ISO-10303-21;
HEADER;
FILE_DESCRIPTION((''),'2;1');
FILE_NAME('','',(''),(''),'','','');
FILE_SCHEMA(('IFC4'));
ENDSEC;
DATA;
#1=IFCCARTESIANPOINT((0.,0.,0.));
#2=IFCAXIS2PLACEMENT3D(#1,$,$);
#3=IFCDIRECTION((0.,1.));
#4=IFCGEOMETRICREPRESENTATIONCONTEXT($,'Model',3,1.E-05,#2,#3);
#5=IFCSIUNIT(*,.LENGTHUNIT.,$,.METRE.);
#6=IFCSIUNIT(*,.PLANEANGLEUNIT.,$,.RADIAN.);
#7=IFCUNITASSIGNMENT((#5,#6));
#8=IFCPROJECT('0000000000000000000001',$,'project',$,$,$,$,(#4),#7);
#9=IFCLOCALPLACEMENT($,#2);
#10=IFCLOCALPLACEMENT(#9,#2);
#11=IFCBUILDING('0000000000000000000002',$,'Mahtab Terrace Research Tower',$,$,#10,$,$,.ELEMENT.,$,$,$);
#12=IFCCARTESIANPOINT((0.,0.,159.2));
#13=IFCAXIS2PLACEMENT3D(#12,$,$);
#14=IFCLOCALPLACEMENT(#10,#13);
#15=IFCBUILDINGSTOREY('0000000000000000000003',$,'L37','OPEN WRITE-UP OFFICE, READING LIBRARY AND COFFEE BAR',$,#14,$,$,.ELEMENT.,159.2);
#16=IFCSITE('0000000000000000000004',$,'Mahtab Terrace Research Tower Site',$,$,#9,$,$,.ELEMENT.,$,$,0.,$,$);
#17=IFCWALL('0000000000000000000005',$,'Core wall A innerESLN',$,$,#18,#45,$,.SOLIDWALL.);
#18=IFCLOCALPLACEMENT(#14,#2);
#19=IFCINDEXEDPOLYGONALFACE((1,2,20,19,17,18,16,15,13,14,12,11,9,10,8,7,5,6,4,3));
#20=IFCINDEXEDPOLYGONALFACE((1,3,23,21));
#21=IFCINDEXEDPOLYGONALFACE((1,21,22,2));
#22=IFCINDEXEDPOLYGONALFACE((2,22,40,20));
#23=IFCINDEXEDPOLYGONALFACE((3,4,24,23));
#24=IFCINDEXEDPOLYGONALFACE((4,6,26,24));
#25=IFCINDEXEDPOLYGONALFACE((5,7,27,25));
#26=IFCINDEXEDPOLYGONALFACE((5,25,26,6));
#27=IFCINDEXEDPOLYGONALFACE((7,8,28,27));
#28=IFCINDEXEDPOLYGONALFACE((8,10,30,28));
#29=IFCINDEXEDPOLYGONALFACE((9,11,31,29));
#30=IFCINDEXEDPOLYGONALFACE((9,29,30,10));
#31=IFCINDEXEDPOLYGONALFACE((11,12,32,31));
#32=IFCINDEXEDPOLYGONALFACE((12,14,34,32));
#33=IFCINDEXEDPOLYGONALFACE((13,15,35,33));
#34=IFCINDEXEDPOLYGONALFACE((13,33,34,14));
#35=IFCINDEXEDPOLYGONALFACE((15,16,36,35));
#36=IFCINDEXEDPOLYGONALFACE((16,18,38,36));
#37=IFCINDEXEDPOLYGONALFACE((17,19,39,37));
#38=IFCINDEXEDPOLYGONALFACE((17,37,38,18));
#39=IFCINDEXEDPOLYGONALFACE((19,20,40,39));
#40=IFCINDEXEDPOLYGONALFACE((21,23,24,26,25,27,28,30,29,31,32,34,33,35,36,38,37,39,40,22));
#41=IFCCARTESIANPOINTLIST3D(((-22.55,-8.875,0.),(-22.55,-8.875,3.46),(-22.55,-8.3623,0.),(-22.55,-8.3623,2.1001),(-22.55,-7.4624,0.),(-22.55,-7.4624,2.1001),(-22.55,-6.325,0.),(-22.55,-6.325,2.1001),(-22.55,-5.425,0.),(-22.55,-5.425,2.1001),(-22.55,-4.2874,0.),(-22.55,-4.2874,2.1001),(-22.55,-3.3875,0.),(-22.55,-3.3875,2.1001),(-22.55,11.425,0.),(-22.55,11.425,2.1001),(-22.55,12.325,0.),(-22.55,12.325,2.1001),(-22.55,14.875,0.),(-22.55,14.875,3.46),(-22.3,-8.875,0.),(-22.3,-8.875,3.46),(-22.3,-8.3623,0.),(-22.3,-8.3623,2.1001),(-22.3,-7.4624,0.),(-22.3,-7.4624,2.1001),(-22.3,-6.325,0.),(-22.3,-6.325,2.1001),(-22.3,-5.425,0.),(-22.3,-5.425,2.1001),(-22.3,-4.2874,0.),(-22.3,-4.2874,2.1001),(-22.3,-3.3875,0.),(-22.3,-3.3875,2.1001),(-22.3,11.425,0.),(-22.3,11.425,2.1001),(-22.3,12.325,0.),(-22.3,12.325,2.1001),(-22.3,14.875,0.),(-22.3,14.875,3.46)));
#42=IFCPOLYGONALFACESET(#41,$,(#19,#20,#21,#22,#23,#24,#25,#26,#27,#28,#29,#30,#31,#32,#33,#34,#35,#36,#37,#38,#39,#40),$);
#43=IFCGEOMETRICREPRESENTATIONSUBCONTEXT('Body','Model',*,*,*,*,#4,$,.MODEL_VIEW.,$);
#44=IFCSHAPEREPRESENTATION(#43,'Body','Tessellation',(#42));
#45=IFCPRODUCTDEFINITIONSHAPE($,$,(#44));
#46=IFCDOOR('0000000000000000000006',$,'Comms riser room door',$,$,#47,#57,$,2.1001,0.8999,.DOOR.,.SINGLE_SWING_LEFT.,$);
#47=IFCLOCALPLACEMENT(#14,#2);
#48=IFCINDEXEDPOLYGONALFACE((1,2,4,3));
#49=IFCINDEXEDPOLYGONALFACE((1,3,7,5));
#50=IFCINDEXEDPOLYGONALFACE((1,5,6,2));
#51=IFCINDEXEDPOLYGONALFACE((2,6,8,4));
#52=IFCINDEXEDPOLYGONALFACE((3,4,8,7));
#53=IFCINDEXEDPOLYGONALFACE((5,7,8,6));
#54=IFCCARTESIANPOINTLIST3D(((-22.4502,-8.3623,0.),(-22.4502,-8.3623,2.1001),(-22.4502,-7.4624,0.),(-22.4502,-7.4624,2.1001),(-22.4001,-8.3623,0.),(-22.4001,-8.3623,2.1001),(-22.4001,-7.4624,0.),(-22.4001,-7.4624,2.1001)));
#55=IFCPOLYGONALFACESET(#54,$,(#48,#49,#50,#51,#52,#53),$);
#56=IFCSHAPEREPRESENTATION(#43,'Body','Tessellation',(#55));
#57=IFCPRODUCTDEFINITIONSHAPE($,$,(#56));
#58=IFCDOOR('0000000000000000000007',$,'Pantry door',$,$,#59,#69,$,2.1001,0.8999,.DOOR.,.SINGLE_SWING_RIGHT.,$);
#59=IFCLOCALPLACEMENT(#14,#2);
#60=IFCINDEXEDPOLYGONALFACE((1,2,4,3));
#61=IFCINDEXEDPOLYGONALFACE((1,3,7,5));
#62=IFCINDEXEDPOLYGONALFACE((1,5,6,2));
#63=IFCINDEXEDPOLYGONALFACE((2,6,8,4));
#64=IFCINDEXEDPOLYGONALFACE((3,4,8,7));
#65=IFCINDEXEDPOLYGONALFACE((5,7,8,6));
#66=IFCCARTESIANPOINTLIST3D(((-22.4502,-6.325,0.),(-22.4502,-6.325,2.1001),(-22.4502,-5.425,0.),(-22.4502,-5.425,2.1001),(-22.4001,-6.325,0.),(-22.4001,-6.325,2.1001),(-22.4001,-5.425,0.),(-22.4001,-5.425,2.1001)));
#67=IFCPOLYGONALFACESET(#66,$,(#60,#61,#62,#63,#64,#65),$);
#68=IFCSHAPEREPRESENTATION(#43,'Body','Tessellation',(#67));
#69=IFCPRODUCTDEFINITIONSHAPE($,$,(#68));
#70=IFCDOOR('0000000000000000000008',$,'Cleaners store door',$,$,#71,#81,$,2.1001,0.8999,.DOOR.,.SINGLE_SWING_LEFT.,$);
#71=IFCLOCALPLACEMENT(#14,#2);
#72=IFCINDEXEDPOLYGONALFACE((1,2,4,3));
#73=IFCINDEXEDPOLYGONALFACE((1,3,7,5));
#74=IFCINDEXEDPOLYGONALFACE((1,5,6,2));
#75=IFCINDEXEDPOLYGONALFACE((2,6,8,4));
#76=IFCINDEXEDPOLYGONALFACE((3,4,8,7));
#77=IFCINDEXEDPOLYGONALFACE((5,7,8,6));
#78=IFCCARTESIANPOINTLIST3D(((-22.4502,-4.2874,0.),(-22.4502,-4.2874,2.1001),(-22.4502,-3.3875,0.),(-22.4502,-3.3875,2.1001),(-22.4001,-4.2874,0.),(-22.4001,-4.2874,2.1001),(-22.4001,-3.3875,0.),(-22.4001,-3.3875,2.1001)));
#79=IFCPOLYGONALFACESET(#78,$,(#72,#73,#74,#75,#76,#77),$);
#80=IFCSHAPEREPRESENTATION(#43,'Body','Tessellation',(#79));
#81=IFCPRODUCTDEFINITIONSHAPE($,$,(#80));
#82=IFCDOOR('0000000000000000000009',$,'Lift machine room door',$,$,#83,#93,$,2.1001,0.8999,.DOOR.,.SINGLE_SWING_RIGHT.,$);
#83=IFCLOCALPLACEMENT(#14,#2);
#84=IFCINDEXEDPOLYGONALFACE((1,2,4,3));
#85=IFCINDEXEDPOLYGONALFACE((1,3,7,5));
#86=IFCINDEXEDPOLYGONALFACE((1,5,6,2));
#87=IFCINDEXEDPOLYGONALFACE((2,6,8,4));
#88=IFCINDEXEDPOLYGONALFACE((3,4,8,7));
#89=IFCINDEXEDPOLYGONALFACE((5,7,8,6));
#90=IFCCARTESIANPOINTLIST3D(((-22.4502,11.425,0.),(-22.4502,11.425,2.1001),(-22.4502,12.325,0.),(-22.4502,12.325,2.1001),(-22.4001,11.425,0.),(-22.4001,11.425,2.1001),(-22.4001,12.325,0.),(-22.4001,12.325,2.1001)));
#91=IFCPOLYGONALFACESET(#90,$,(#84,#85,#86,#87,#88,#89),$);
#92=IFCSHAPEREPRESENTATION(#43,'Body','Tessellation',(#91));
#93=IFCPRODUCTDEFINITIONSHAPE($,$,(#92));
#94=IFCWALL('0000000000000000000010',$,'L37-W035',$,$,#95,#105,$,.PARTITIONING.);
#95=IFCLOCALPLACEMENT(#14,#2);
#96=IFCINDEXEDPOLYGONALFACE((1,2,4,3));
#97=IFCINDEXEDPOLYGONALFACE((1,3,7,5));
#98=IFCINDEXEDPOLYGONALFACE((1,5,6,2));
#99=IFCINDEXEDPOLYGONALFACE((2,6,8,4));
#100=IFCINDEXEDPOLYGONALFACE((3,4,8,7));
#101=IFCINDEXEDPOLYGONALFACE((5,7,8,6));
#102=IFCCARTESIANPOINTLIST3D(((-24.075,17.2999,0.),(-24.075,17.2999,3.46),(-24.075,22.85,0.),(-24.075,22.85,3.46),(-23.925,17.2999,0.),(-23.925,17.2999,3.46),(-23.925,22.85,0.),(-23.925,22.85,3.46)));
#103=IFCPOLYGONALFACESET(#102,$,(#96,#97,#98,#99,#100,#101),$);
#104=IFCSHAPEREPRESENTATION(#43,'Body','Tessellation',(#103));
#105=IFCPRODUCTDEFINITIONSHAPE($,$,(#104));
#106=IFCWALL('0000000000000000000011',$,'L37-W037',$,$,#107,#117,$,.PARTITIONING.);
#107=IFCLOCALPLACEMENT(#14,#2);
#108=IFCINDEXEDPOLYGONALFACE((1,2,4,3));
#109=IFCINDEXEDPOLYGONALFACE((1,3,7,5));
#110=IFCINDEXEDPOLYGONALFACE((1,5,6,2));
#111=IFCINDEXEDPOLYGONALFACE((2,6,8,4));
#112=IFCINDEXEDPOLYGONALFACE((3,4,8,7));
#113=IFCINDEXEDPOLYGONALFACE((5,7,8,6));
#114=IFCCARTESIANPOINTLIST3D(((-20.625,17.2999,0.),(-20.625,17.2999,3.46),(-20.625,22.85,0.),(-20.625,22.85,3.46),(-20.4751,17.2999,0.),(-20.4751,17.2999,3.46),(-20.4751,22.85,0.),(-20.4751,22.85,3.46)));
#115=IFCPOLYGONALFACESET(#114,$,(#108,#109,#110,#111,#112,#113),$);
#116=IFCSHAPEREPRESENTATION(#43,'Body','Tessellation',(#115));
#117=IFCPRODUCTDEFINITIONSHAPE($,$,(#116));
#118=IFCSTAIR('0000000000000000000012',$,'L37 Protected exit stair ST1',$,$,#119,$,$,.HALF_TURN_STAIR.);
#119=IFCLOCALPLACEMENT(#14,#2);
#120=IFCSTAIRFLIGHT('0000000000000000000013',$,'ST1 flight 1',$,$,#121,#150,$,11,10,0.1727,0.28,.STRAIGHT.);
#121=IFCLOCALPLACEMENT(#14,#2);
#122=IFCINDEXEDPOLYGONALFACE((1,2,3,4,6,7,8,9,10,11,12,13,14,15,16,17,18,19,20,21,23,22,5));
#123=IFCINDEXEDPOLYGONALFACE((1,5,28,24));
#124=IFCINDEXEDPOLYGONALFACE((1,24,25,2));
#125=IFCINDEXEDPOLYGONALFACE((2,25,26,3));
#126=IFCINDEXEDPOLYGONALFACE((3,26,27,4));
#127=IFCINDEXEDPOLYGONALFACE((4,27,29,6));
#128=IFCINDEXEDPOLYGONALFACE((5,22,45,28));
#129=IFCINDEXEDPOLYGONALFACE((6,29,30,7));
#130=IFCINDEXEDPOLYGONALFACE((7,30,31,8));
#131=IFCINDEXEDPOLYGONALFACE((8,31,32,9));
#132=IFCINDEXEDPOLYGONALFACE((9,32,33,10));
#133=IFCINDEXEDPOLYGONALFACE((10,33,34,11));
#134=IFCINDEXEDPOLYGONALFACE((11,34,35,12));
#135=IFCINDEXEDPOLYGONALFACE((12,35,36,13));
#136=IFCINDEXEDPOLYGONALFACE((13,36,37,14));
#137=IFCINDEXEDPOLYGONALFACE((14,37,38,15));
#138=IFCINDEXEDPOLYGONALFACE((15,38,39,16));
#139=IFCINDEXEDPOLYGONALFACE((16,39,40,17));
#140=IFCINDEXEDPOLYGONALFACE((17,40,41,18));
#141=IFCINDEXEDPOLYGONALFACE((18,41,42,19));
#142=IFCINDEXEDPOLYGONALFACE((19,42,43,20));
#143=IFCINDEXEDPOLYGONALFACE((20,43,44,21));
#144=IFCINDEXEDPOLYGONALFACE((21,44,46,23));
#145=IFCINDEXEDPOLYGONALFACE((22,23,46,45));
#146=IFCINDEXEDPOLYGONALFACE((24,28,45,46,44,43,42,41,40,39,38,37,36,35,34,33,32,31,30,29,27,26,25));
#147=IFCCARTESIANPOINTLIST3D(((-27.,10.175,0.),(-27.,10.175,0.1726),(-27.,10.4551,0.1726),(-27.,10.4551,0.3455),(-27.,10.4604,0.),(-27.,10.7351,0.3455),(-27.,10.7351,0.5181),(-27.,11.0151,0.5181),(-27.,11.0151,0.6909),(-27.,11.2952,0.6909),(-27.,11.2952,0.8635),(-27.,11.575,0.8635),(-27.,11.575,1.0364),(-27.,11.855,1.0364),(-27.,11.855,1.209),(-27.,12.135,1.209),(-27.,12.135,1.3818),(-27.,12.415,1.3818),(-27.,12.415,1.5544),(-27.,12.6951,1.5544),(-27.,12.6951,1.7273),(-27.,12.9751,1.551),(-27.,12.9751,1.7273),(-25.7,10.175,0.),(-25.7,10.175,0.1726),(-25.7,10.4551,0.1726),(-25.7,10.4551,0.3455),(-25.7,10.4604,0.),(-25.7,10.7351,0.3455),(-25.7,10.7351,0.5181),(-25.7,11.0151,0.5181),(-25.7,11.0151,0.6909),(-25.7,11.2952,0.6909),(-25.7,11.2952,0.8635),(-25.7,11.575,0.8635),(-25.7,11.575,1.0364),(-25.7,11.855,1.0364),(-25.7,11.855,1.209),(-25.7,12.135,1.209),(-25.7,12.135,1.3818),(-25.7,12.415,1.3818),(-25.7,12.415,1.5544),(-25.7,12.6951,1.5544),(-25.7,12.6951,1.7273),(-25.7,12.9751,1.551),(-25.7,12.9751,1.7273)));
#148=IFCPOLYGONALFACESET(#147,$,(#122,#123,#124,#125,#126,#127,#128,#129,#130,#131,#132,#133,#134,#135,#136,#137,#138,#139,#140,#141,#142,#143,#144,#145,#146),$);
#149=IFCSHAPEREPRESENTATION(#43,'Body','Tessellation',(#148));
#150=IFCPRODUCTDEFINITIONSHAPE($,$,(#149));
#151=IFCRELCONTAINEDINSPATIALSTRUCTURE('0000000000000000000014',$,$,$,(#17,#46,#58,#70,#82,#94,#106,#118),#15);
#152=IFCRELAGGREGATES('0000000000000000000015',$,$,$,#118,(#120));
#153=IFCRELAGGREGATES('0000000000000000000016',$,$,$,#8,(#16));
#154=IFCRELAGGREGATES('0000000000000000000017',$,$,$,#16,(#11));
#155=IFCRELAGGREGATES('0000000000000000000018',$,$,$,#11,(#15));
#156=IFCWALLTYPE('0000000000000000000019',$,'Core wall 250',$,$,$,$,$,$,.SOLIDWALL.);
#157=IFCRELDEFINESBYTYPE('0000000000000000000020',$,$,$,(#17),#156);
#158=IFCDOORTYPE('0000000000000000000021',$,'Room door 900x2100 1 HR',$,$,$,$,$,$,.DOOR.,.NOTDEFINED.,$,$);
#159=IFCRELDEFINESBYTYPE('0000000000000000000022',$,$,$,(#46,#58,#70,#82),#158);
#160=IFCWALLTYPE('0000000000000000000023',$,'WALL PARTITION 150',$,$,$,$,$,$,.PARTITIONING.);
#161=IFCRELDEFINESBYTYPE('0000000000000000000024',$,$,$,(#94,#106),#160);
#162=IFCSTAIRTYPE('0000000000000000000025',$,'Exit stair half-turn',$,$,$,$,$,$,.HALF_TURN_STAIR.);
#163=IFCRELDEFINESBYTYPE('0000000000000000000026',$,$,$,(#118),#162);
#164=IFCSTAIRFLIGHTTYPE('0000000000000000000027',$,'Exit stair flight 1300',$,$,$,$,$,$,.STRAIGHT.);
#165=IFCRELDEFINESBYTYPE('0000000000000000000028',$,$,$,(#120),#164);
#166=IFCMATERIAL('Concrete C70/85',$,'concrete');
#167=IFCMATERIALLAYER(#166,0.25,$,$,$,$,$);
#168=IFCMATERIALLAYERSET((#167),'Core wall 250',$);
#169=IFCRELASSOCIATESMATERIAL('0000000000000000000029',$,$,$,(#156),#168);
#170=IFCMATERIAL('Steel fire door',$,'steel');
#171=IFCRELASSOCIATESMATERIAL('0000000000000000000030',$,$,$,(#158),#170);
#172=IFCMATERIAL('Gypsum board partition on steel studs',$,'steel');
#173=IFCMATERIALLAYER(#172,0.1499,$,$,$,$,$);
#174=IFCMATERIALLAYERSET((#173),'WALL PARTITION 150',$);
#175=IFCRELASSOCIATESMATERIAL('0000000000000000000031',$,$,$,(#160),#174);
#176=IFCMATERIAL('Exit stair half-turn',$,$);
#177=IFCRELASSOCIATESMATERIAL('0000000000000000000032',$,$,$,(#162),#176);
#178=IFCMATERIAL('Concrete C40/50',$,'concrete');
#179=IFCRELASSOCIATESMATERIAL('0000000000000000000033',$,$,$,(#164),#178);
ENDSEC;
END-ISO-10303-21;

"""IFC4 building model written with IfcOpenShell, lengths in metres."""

from ifc_helpers import new_model, si_unit, direction, frame, frame_2d, origin, place, context, subcontext, project, spatial, polyline, rectangle, outline, extrude, material, layer, layer_set, type_object, element, fill, aggregate, save


model = new_model("IFC4")

# Units and contexts
model_context = context("Model", 3, precision=1e-05, world=origin(), true_north=direction((0.0, 1.0)))
body_context = subcontext(model_context, "Body", "Model", "MODEL_VIEW")
ifc_project = project(units=[si_unit("LENGTHUNIT", "METRE"), si_unit("PLANEANGLEUNIT", "RADIAN")], contexts=[model_context])

# Site, building, storey
site_placement = place(None, origin())
site = spatial("IfcSite", under=ifc_project, at=site_placement, Name="Mahtab Terrace Research Tower Site", CompositionType="ELEMENT", RefElevation=0.0)
building_placement = place(site_placement, origin())
building = spatial("IfcBuilding", under=site, at=building_placement, Name="Mahtab Terrace Research Tower", CompositionType="ELEMENT")
storey_placement = place(building_placement, frame((0.0, 0.0, 159.2)))
storey = spatial("IfcBuildingStorey", under=building, at=storey_placement, Name="L37", Description="OPEN WRITE-UP OFFICE, READING LIBRARY AND COFFEE BAR", CompositionType="ELEMENT", Elevation=159.2)

# Shared definitions
ifc_material_1 = material(Name="Concrete C70/85", Category="concrete")

# Shared definitions
ifc_layer_1 = layer(ifc_material_1, 0.25)
ifc_layer_set_1 = layer_set([ifc_layer_1], Name="Core wall 250")
wall_type_1 = type_object("IfcWallType", Name="Core wall 250", PredefinedType="SOLIDWALL", material=ifc_layer_set_1)

# Shared definitions
ifc_material_2 = material(Name="Steel fire door", Category="steel")

# Wall, openings, doors
wall_1_placement = place(storey_placement, frame((-22.425, 14.875, 0.0), z_axis=(0.0, 0.0, 1.0), x_axis=(0.0, -1.0, 0.0)))
wall_1 = element("IfcWall", 1, at=wall_1_placement, inside=storey, type_object=wall_type_1, Name="Core wall A innerESLN", PredefinedType="SOLIDWALL", context=body_context, shape_type="SweptSolid", body=[
    extrude(rectangle(XDim=23.75, YDim=0.25, at=frame_2d((11.875, 0.0))), origin(), (0.0, 0.0, 1.0), 3.46),
])
opening_1_placement = place(wall_1_placement, frame((22.3374, 0.0, 0.0)))
opening_1 = element("IfcOpeningElement", 2, at=opening_1_placement, cuts=wall_1, PredefinedType="OPENING", context=body_context, shape_type="SweptSolid", body=[
    extrude(rectangle(XDim=0.8999, YDim=2.1001, at=frame_2d((0.45, 1.05))), frame((0.0, 0.135, 0.0), z_axis=(0.0, -1.0, 0.0), x_axis=(1.0, 0.0, 0.0)), (0.0, 0.0, 1.0), 0.27),
])
opening_2_placement = place(wall_1_placement, frame((20.3, 0.0, 0.0)))
opening_2 = element("IfcOpeningElement", 3, at=opening_2_placement, cuts=wall_1, PredefinedType="OPENING", context=body_context, shape_type="SweptSolid", body=[
    extrude(rectangle(XDim=0.8999, YDim=2.1001, at=frame_2d((0.45, 1.05))), frame((0.0, 0.135, 0.0), z_axis=(0.0, -1.0, 0.0), x_axis=(1.0, 0.0, 0.0)), (0.0, 0.0, 1.0), 0.27),
])
opening_3_placement = place(wall_1_placement, frame((18.2625, 0.0, 0.0)))
opening_3 = element("IfcOpeningElement", 4, at=opening_3_placement, cuts=wall_1, PredefinedType="OPENING", context=body_context, shape_type="SweptSolid", body=[
    extrude(rectangle(XDim=0.8999, YDim=2.1001, at=frame_2d((0.45, 1.05))), frame((0.0, 0.135, 0.0), z_axis=(0.0, -1.0, 0.0), x_axis=(1.0, 0.0, 0.0)), (0.0, 0.0, 1.0), 0.27),
])
opening_4_placement = place(wall_1_placement, frame((2.55, 0.0, 0.0)))
opening_4 = element("IfcOpeningElement", 5, at=opening_4_placement, cuts=wall_1, PredefinedType="OPENING", context=body_context, shape_type="SweptSolid", body=[
    extrude(rectangle(XDim=0.8999, YDim=2.1001, at=frame_2d((0.45, 1.05))), frame((0.0, 0.135, 0.0), z_axis=(0.0, -1.0, 0.0), x_axis=(1.0, 0.0, 0.0)), (0.0, 0.0, 1.0), 0.27),
])
door_type_1 = type_object("IfcDoorType", Name="Room door 900x2100 1 HR", OperationType="NOTDEFINED", PredefinedType="DOOR", material=ifc_material_2)
door_1_placement = place(opening_1_placement, origin())
door_1 = element("IfcDoor", 6, at=door_1_placement, inside=storey, type_object=door_type_1, Name="Comms riser room door", OperationType="SINGLE_SWING_LEFT", OverallHeight=2.1001, OverallWidth=0.8999, PredefinedType="DOOR", context=body_context, shape_type="SweptSolid", body=[
    extrude(rectangle(XDim=0.8999, YDim=2.1001, at=frame_2d((0.45, 1.05))), frame((0.0, 0.0249, 0.0), z_axis=(0.0, -1.0, 0.0), x_axis=(1.0, 0.0, 0.0)), (0.0, 0.0, 1.0), 0.05),
])
fill(opening_1, door_1)
door_2_placement = place(opening_2_placement, origin())
door_2 = element("IfcDoor", 7, at=door_2_placement, inside=storey, type_object=door_type_1, Name="Pantry door", OperationType="SINGLE_SWING_RIGHT", OverallHeight=2.1001, OverallWidth=0.8999, PredefinedType="DOOR", context=body_context, shape_type="SweptSolid", body=[
    extrude(rectangle(XDim=0.8999, YDim=2.1001, at=frame_2d((0.45, 1.05))), frame((0.0, 0.0249, 0.0), z_axis=(0.0, -1.0, 0.0), x_axis=(1.0, 0.0, 0.0)), (0.0, 0.0, 1.0), 0.05),
])
fill(opening_2, door_2)
door_3_placement = place(opening_3_placement, origin())
door_3 = element("IfcDoor", 8, at=door_3_placement, inside=storey, type_object=door_type_1, Name="Cleaners store door", OperationType="SINGLE_SWING_LEFT", OverallHeight=2.1001, OverallWidth=0.8999, PredefinedType="DOOR", context=body_context, shape_type="SweptSolid", body=[
    extrude(rectangle(XDim=0.8999, YDim=2.1001, at=frame_2d((0.45, 1.05))), frame((0.0, 0.0249, 0.0), z_axis=(0.0, -1.0, 0.0), x_axis=(1.0, 0.0, 0.0)), (0.0, 0.0, 1.0), 0.05),
])
fill(opening_3, door_3)
door_4_placement = place(opening_4_placement, origin())
door_4 = element("IfcDoor", 9, at=door_4_placement, inside=storey, type_object=door_type_1, Name="Lift machine room door", OperationType="SINGLE_SWING_RIGHT", OverallHeight=2.1001, OverallWidth=0.8999, PredefinedType="DOOR", context=body_context, shape_type="SweptSolid", body=[
    extrude(rectangle(XDim=0.8999, YDim=2.1001, at=frame_2d((0.45, 1.05))), frame((0.0, 0.0249, 0.0), z_axis=(0.0, -1.0, 0.0), x_axis=(1.0, 0.0, 0.0)), (0.0, 0.0, 1.0), 0.05),
])
fill(opening_4, door_4)

# Walls
ifc_material_3 = material(Name="Gypsum board partition on steel studs", Category="steel")
ifc_layer_2 = layer(ifc_material_3, 0.1499)
ifc_layer_set_2 = layer_set([ifc_layer_2], Name="WALL PARTITION 150")
wall_type_2 = type_object("IfcWallType", Name="WALL PARTITION 150", PredefinedType="PARTITIONING", material=ifc_layer_set_2)
for number, where, z_axis, x_axis, name in (
    (10, (-24.0, 17.3, 0.0), (0.0, 0.0, 1.0), (0.0, 1.0, 0.0), "L37-W035"),
    (11, (-20.55, 17.3, 0.0), (0.0, 0.0, 1.0), (0.0, 1.0, 0.0), "L37-W037"),
):
    element("IfcWall", number, at=place(storey_placement, frame(where, z_axis=z_axis, x_axis=x_axis)), inside=storey, type_object=wall_type_2, Name=name, PredefinedType="PARTITIONING", context=body_context, shape_type="SweptSolid", body=[
        extrude(rectangle(XDim=5.55, YDim=0.1499, at=frame_2d((2.7749, 0.0))), origin(), (0.0, 0.0, 1.0), 3.46),
    ])

# Stair, stair flight
ifc_material_4 = material(Name="Exit stair half-turn")
stair_type = type_object("IfcStairType", Name="Exit stair half-turn", PredefinedType="HALF_TURN_STAIR", material=ifc_material_4)
stair_placement = place(storey_placement, origin())
stair = element("IfcStair", 12, at=stair_placement, inside=storey, type_object=stair_type, Name="L37 Protected exit stair ST1", PredefinedType="HALF_TURN_STAIR")
ifc_material_5 = material(Name="Concrete C40/50", Category="concrete")
stair_flight_type = type_object("IfcStairFlightType", Name="Exit stair flight 1300", PredefinedType="STRAIGHT", material=ifc_material_5)
stair_flight_1_placement = place(storey_placement, frame((-26.3501, 10.175, 0.0), z_axis=(0.0, 0.0, 1.0), x_axis=(0.0, 1.0, 0.0)))
stair_flight_1 = element("IfcStairFlight", 13, at=stair_flight_1_placement, type_object=stair_flight_type, Name="ST1 flight 1", NumberOfRisers=11, NumberOfTreads=10, PredefinedType="STRAIGHT", RiserHeight=0.1727, TreadLength=0.28, context=body_context, shape_type="SweptSolid", body=[
    extrude(outline(polyline([(0.0, 0.0), (0.0, 0.1726), (0.28, 0.1726), (0.28, 0.3455), (0.5601, 0.3455), (0.5601, 0.5181), (0.8401, 0.5181), (0.8401, 0.6909), (1.1201, 0.6909), (1.1201, 0.8635), (1.3999, 0.8635), (1.3999, 1.0364), (1.6799, 1.0364), (1.6799, 1.209), (1.96, 1.209), (1.96, 1.3818), (2.24, 1.3818), (2.24, 1.5544), (2.52, 1.5544), (2.52, 1.7273), (2.8, 1.7273), (2.8, 1.8999), (2.8, 1.551), (0.2854, 0.0), (0.0, 0.0)])), frame((0.0, 0.6499, 0.0), z_axis=(0.0, -1.0, 0.0), x_axis=(1.0, 0.0, 0.0)), (0.0, 0.0, 1.0), 1.3),
])
aggregate(stair, [stair_flight_1])

save(model, "model.ifc")
